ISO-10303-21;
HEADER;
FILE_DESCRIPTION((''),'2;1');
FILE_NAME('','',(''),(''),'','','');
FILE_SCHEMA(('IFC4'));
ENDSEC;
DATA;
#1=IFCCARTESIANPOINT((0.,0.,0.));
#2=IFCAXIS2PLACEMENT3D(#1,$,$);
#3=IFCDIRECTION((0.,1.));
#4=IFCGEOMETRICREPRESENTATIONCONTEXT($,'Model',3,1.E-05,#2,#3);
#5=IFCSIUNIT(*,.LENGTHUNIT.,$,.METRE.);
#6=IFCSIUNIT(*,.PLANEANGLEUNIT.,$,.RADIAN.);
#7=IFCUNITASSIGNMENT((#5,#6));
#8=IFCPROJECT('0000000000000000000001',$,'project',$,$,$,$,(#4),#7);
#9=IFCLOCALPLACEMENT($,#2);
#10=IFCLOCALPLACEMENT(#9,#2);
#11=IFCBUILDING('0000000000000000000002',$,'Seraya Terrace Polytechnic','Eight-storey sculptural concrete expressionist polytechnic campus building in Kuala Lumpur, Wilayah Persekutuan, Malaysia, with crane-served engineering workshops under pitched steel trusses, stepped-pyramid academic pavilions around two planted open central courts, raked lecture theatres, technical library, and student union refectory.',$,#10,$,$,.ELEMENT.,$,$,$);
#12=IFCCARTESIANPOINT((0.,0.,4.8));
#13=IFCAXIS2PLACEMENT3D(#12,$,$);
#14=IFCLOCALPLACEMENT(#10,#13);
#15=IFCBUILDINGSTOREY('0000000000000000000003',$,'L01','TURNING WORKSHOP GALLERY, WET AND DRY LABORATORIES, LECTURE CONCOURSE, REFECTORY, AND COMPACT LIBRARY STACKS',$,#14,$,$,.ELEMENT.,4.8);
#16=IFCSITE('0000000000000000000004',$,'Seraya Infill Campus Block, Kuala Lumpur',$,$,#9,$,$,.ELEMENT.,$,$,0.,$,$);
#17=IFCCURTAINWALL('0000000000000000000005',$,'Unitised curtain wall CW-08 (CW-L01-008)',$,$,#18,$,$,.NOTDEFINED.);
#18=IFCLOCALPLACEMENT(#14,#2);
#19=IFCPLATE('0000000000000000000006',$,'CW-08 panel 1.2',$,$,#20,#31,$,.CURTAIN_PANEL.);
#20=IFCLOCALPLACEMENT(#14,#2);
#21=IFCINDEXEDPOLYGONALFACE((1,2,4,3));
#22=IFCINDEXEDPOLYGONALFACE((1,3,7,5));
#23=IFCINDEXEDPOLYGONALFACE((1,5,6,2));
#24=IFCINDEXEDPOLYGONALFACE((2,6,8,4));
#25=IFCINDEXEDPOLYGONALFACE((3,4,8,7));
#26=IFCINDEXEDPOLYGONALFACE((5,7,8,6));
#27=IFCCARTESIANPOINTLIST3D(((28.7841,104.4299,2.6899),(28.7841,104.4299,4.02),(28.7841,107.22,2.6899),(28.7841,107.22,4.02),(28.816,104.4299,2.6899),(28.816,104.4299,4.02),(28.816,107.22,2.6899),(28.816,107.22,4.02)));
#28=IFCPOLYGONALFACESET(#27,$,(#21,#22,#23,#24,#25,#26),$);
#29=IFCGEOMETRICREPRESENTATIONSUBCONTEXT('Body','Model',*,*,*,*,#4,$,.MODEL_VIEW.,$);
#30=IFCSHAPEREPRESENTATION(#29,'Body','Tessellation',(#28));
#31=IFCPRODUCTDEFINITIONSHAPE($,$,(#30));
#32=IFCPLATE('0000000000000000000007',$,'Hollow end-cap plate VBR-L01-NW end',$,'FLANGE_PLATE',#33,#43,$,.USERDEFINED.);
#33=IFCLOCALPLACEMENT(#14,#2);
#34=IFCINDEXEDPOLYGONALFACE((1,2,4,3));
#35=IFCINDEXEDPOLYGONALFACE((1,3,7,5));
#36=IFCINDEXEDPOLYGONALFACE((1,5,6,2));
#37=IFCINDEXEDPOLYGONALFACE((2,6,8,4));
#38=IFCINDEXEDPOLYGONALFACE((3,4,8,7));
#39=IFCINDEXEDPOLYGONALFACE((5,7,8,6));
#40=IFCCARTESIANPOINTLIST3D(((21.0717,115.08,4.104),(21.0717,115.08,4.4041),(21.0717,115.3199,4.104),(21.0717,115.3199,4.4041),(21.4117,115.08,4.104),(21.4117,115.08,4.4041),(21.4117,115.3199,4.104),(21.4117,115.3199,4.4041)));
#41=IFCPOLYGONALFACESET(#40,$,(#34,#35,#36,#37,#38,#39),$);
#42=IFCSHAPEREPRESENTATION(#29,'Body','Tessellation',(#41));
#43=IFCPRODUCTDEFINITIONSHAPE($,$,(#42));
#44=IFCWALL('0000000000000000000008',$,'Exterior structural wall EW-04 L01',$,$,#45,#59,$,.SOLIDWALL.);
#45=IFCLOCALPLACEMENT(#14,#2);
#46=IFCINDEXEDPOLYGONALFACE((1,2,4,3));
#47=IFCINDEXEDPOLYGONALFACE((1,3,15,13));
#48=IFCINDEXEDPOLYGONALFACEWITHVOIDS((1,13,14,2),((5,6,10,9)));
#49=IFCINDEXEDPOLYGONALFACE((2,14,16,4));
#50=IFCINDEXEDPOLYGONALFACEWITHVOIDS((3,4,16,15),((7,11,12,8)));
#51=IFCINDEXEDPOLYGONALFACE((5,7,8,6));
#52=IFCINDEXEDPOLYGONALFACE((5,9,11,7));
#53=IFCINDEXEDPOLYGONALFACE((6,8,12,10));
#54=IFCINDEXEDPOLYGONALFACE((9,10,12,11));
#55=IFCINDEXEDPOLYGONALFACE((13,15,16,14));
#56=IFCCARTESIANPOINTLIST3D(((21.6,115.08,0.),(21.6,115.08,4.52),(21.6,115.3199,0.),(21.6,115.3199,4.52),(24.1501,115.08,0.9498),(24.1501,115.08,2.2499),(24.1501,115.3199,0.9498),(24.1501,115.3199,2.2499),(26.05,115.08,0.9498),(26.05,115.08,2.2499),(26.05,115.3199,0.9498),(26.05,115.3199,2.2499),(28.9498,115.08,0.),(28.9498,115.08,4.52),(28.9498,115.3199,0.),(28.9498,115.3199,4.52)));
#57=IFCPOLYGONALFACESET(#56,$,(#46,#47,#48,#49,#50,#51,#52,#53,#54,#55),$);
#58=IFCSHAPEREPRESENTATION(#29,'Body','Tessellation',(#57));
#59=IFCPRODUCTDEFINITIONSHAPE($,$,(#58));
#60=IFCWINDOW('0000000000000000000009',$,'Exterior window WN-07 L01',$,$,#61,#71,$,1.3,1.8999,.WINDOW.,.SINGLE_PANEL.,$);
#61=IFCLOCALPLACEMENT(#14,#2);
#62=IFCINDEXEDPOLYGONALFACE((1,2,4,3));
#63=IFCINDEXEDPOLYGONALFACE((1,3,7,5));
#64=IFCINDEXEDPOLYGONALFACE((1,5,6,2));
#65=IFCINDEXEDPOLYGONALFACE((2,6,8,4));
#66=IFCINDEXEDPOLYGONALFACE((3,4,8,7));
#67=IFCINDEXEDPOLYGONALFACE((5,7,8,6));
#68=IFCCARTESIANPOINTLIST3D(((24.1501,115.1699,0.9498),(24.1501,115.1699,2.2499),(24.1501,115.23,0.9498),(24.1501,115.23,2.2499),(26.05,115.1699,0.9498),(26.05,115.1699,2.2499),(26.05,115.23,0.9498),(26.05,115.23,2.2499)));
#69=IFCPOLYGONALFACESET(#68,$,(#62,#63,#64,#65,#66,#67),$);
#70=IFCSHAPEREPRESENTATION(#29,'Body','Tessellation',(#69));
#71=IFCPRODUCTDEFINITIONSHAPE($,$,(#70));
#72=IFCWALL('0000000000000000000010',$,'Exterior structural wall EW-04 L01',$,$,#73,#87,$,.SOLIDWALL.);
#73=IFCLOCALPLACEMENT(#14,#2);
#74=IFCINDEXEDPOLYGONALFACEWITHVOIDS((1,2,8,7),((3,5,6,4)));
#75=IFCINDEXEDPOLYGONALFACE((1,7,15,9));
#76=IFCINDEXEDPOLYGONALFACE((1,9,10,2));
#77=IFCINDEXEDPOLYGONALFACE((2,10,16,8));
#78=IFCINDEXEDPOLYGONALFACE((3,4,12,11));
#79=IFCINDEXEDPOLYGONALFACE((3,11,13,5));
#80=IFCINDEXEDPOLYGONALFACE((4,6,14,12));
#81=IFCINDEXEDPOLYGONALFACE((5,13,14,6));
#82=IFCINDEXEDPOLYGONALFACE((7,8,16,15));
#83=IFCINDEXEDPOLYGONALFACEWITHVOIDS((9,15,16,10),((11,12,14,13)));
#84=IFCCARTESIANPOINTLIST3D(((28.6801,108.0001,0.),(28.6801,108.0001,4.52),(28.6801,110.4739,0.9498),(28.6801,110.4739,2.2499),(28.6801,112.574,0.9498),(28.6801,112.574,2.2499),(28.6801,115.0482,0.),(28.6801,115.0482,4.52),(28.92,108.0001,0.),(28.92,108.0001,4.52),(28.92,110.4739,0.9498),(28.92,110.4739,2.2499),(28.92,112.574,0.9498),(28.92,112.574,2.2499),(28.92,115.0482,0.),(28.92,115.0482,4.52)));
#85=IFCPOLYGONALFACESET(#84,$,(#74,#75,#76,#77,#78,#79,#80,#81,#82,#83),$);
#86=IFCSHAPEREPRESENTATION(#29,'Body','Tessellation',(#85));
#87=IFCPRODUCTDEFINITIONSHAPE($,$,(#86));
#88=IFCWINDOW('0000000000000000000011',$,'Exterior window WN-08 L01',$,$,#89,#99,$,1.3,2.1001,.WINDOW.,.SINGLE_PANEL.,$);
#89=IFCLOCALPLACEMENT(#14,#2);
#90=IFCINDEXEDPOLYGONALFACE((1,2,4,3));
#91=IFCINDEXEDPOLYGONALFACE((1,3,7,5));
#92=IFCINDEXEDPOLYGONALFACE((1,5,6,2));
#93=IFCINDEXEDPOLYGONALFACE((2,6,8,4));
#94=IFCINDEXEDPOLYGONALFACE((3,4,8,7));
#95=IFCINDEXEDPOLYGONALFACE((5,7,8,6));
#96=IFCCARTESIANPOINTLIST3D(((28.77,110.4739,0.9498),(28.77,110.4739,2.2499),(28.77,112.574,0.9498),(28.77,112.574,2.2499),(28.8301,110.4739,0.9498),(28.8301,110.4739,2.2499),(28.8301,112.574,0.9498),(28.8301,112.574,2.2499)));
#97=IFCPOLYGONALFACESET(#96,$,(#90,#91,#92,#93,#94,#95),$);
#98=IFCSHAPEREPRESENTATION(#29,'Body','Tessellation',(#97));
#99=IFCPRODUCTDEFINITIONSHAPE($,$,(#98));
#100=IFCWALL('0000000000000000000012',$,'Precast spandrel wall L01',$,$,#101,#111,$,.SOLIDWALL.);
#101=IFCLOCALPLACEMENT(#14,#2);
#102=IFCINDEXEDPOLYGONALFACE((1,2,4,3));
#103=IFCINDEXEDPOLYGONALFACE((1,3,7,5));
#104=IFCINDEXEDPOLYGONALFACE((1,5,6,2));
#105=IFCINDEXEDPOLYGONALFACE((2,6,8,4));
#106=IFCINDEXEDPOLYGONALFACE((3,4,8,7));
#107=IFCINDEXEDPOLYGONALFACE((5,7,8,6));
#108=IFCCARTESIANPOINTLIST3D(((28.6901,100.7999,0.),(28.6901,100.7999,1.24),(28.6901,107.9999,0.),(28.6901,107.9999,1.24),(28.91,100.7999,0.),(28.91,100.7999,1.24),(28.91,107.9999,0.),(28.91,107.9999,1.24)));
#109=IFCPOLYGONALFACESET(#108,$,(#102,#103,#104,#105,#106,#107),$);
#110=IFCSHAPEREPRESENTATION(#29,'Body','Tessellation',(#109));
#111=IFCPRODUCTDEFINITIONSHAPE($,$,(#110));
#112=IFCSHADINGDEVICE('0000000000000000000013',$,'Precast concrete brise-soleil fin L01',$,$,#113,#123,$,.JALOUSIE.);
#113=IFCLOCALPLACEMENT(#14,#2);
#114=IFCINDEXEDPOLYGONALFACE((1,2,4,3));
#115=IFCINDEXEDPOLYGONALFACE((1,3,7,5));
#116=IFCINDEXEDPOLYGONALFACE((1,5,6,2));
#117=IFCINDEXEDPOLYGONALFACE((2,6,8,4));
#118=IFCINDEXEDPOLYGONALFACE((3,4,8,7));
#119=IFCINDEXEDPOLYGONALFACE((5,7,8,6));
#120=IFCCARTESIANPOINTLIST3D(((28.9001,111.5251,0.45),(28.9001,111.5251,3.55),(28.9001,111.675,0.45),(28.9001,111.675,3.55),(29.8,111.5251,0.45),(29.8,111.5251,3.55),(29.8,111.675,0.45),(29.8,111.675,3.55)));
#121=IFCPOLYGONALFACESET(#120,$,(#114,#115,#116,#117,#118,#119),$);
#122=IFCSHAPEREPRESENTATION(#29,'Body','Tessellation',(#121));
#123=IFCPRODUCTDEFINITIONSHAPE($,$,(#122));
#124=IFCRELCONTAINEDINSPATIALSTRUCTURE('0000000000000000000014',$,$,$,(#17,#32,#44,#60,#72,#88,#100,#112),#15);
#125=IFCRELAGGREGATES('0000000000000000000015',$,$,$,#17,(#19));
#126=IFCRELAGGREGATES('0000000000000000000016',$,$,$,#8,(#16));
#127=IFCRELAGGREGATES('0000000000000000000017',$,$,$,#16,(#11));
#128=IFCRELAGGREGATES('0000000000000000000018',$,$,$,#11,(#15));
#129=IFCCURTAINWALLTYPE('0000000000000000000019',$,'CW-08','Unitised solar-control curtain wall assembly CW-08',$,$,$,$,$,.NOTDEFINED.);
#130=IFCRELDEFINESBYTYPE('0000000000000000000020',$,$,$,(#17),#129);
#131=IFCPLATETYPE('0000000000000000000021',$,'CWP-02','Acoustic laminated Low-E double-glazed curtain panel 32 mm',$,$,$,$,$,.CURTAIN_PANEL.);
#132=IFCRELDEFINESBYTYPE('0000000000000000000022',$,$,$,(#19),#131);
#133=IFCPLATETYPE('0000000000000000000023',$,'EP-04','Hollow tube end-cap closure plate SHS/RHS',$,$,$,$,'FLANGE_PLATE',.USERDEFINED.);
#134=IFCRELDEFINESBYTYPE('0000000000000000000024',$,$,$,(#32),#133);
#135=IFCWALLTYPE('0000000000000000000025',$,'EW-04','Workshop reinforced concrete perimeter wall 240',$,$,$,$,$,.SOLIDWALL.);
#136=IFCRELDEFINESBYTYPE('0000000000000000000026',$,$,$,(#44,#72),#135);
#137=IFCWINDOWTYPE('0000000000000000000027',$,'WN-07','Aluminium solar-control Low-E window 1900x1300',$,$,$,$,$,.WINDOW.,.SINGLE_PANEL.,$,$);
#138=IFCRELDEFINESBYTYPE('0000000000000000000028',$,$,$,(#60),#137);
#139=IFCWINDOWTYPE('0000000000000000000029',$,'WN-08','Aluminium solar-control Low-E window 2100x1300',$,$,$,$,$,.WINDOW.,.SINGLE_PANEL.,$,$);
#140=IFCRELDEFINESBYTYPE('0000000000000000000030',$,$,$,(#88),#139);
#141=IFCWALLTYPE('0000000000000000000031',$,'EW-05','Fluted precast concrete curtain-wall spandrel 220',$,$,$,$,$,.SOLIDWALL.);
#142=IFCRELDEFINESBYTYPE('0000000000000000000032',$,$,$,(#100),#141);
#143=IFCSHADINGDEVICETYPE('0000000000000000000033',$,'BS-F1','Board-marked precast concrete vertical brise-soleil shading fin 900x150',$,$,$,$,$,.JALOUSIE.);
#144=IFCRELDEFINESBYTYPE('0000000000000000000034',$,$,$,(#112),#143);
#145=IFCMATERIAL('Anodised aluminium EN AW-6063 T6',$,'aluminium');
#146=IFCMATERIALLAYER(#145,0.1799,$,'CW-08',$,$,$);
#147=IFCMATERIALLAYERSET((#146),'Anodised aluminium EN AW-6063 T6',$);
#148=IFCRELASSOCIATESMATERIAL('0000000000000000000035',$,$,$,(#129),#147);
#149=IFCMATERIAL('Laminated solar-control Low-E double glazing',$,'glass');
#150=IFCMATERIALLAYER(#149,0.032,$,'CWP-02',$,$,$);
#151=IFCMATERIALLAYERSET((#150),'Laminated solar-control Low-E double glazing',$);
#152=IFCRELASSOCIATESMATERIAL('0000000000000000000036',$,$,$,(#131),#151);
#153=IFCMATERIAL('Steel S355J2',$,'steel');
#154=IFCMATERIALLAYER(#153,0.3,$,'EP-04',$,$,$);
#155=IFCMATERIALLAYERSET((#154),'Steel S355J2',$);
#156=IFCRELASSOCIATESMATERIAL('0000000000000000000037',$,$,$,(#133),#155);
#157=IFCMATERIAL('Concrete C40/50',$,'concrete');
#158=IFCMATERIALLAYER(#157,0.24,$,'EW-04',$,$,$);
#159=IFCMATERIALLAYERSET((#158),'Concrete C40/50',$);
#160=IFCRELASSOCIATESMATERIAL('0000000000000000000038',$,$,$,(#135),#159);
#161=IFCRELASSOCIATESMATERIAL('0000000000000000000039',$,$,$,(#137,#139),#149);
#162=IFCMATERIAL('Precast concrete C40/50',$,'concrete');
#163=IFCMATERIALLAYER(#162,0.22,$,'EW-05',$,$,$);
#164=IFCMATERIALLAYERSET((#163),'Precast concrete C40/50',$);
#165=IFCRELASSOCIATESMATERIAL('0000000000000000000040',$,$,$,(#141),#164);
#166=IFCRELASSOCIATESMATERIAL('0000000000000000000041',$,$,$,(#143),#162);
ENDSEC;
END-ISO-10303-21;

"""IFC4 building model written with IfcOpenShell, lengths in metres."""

from ifc_helpers import new_model, si_unit, direction, frame, frame_2d, origin, origin_2d, place, context, subcontext, project, spatial, rectangle, extrude, material, layer, layer_set, type_object, element, fill, aggregate, save


model = new_model("IFC4")

# Units and contexts
model_context = context("Model", 3, precision=1e-05, world=origin(), true_north=direction((0.0, 1.0)))
body_context = subcontext(model_context, "Body", "Model", "MODEL_VIEW")
ifc_project = project(units=[si_unit("LENGTHUNIT", "METRE"), si_unit("PLANEANGLEUNIT", "RADIAN")], contexts=[model_context])

# Site, building, storey
site_placement = place(None, origin())
site = spatial("IfcSite", under=ifc_project, at=site_placement, Name="Seraya Infill Campus Block, Kuala Lumpur", CompositionType="ELEMENT", RefElevation=0.0)
building_placement = place(site_placement, origin())
building = spatial("IfcBuilding", under=site, at=building_placement, Name="Seraya Terrace Polytechnic", Description="Eight-storey sculptural concrete expressionist polytechnic campus building in Kuala Lumpur, Wilayah Persekutuan, Malaysia, with crane-served engineering workshops under pitched steel trusses, stepped-pyramid academic pavilions around two planted open central courts, raked lecture theatres, technical library, and student union refectory.", CompositionType="ELEMENT")
storey_placement = place(building_placement, frame((0.0, 0.0, 4.8)))
storey = spatial("IfcBuildingStorey", under=building, at=storey_placement, Name="L01", Description="TURNING WORKSHOP GALLERY, WET AND DRY LABORATORIES, LECTURE CONCOURSE, REFECTORY, AND COMPACT LIBRARY STACKS", CompositionType="ELEMENT", Elevation=4.8)

# Shared definitions
ifc_material_1 = material(Name="Concrete C40/50", Category="concrete")

# Curtain wall
ifc_material_2 = material(Name="Anodised aluminium EN AW-6063 T6", Category="aluminium")
ifc_layer_1 = layer(ifc_material_2, 0.1799, Name="CW-08")
ifc_layer_set_1 = layer_set([ifc_layer_1], Name="Anodised aluminium EN AW-6063 T6")
curtain_wall_type = type_object("IfcCurtainWallType", Name="CW-08", Description="Unitised solar-control curtain wall assembly CW-08", PredefinedType="NOTDEFINED", material=ifc_layer_set_1)
curtain_wall_placement = place(storey_placement, origin())
curtain_wall = element("IfcCurtainWall", 1, at=curtain_wall_placement, inside=storey, type_object=curtain_wall_type, Name="Unitised curtain wall CW-08 (CW-L01-008)", PredefinedType="NOTDEFINED")

# Plates
ifc_material_3 = material(Name="Laminated solar-control Low-E double glazing", Category="glass")
ifc_layer_2 = layer(ifc_material_3, 0.032, Name="CWP-02")
ifc_layer_set_2 = layer_set([ifc_layer_2], Name="Laminated solar-control Low-E double glazing")
plate_type_1 = type_object("IfcPlateType", Name="CWP-02", Description="Acoustic laminated Low-E double-glazed curtain panel 32 mm", PredefinedType="CURTAIN_PANEL", material=ifc_layer_set_2)
plate_1_placement = place(storey_placement, frame((28.8, 105.825, 2.6899), z_axis=(0.0, 0.0, 1.0), x_axis=(0.0, -1.0, 0.0)))
plate_1 = element("IfcPlate", 2, at=plate_1_placement, type_object=plate_type_1, Name="CW-08 panel 1.2", PredefinedType="CURTAIN_PANEL", context=body_context, shape_type="SweptSolid", body=[
    extrude(rectangle(XDim=2.79, YDim=0.032, at=origin_2d()), origin(), (0.0, 0.0, 1.0), 1.3301),
])
aggregate(curtain_wall, [plate_1])
ifc_material_4 = material(Name="Steel S355J2", Category="steel")
ifc_layer_3 = layer(ifc_material_4, 0.3, Name="EP-04")
ifc_layer_set_3 = layer_set([ifc_layer_3], Name="Steel S355J2")
plate_type_2 = type_object("IfcPlateType", Name="EP-04", Description="Hollow tube end-cap closure plate SHS/RHS", ElementType="FLANGE_PLATE", PredefinedType="USERDEFINED", material=ifc_layer_set_3)
plate_2_placement = place(storey_placement, frame((21.2417, 115.2, 4.104), z_axis=(0.0, 0.0, 1.0), x_axis=(1.0, 0.0, 0.0)))
element("IfcPlate", 3, at=plate_2_placement, inside=storey, type_object=plate_type_2, Name="Hollow end-cap plate VBR-L01-NW end", ObjectType="FLANGE_PLATE", PredefinedType="USERDEFINED", context=body_context, shape_type="SweptSolid", body=[
    extrude(rectangle(XDim=0.3401, YDim=0.24, at=origin_2d()), origin(), (0.0, 0.0, 1.0), 0.3),
])

# Walls, openings, windows
ifc_layer_4 = layer(ifc_material_1, 0.24, Name="EW-04")
ifc_layer_set_4 = layer_set([ifc_layer_4], Name="Concrete C40/50")
wall_type_1 = type_object("IfcWallType", Name="EW-04", Description="Workshop reinforced concrete perimeter wall 240", PredefinedType="SOLIDWALL", material=ifc_layer_set_4)
wall_1_placement = place(storey_placement, frame((21.6001, 115.2, 0.0), z_axis=(0.0, 0.0, 1.0), x_axis=(1.0, 0.0, 0.0)))
wall_1 = element("IfcWall", 4, at=wall_1_placement, inside=storey, type_object=wall_type_1, Name="Exterior structural wall EW-04 L01", PredefinedType="SOLIDWALL", context=body_context, shape_type="SweptSolid", body=[
    extrude(rectangle(XDim=7.3499, YDim=0.24, at=frame_2d((3.6748, 0.0))), origin(), (0.0, 0.0, 1.0), 4.52),
])
opening_1_placement = place(wall_1_placement, frame((2.55, 0.0, 0.95)))
opening_1 = element("IfcOpeningElement", 5, at=opening_1_placement, cuts=wall_1, PredefinedType="OPENING", context=body_context, shape_type="SweptSolid", body=[
    extrude(rectangle(XDim=1.8999, YDim=1.3, at=frame_2d((0.95, 0.6499))), frame((0.0, 0.1318, 0.0), z_axis=(0.0, -1.0, 0.0), x_axis=(1.0, 0.0, 0.0)), (0.0, 0.0, 1.0), 0.2639),
])
window_type_1 = type_object("IfcWindowType", Name="WN-07", Description="Aluminium solar-control Low-E window 1900x1300", PartitioningType="SINGLE_PANEL", PredefinedType="WINDOW", material=ifc_material_3)
window_1_placement = place(opening_1_placement, origin())
window_1 = element("IfcWindow", 6, at=window_1_placement, inside=storey, type_object=window_type_1, Name="Exterior window WN-07 L01", OverallHeight=1.3, OverallWidth=1.8999, PartitioningType="SINGLE_PANEL", PredefinedType="WINDOW", context=body_context, shape_type="SweptSolid", body=[
    extrude(rectangle(XDim=1.8999, YDim=1.3, at=frame_2d((0.95, 0.6499))), frame((0.0, 0.03, 0.0), z_axis=(0.0, -1.0, 0.0), x_axis=(1.0, 0.0, 0.0)), (0.0, 0.0, 1.0), 0.0601),
])
fill(opening_1, window_1)
wall_2_placement = place(storey_placement, frame((28.8, 115.0481, 0.0), z_axis=(0.0, 0.0, 1.0), x_axis=(0.0, -1.0, 0.0)))
wall_2 = element("IfcWall", 7, at=wall_2_placement, inside=storey, type_object=wall_type_1, Name="Exterior structural wall EW-04 L01", PredefinedType="SOLIDWALL", context=body_context, shape_type="SweptSolid", body=[
    extrude(rectangle(XDim=7.0481, YDim=0.24, at=frame_2d((3.5239, 0.0))), origin(), (0.0, 0.0, 1.0), 4.52),
])
opening_2_placement = place(wall_2_placement, frame((2.4741, 0.0, 0.95)))
opening_2 = element("IfcOpeningElement", 8, at=opening_2_placement, cuts=wall_2, PredefinedType="OPENING", context=body_context, shape_type="SweptSolid", body=[
    extrude(rectangle(XDim=2.1001, YDim=1.3, at=frame_2d((1.05, 0.6499))), frame((0.0, 0.1318, 0.0), z_axis=(0.0, -1.0, 0.0), x_axis=(1.0, 0.0, 0.0)), (0.0, 0.0, 1.0), 0.2639),
])
window_type_2 = type_object("IfcWindowType", Name="WN-08", Description="Aluminium solar-control Low-E window 2100x1300", PartitioningType="SINGLE_PANEL", PredefinedType="WINDOW", material=ifc_material_3)
window_2_placement = place(opening_2_placement, origin())
window_2 = element("IfcWindow", 9, at=window_2_placement, inside=storey, type_object=window_type_2, Name="Exterior window WN-08 L01", OverallHeight=1.3, OverallWidth=2.1001, PartitioningType="SINGLE_PANEL", PredefinedType="WINDOW", context=body_context, shape_type="SweptSolid", body=[
    extrude(rectangle(XDim=2.1001, YDim=1.3, at=frame_2d((1.05, 0.6499))), frame((0.0, 0.03, 0.0), z_axis=(0.0, -1.0, 0.0), x_axis=(1.0, 0.0, 0.0)), (0.0, 0.0, 1.0), 0.0601),
])
fill(opening_2, window_2)

# Wall
ifc_material_5 = material(Name="Precast concrete C40/50", Category="concrete")
ifc_layer_5 = layer(ifc_material_5, 0.22, Name="EW-05")
ifc_layer_set_5 = layer_set([ifc_layer_5], Name="Precast concrete C40/50")
wall_type_2 = type_object("IfcWallType", Name="EW-05", Description="Fluted precast concrete curtain-wall spandrel 220", PredefinedType="SOLIDWALL", material=ifc_layer_set_5)
wall_3_placement = place(storey_placement, frame((28.8, 108.0, 0.0), z_axis=(0.0, 0.0, 1.0), x_axis=(0.0, -1.0, 0.0)))
element("IfcWall", 10, at=wall_3_placement, inside=storey, type_object=wall_type_2, Name="Precast spandrel wall L01", PredefinedType="SOLIDWALL", context=body_context, shape_type="SweptSolid", body=[
    extrude(rectangle(XDim=7.2, YDim=0.22, at=frame_2d((3.6001, 0.0))), origin(), (0.0, 0.0, 1.0), 1.24),
])

# Shading device
shading_device_type = type_object("IfcShadingDeviceType", Name="BS-F1", Description="Board-marked precast concrete vertical brise-soleil shading fin 900x150", PredefinedType="JALOUSIE", material=ifc_material_5)
shading_device_placement = place(storey_placement, frame((29.3501, 111.6001, 0.45), z_axis=(0.0, 0.0, 1.0), x_axis=(1.0, 0.0, 0.0)))
element("IfcShadingDevice", 11, at=shading_device_placement, inside=storey, type_object=shading_device_type, Name="Precast concrete brise-soleil fin L01", PredefinedType="JALOUSIE", context=body_context, shape_type="SweptSolid", body=[
    extrude(rectangle(XDim=0.8999, YDim=0.1499, at=origin_2d()), origin(), (0.0, 0.0, 1.0), 3.1001),
])

save(model, "model.ifc")
